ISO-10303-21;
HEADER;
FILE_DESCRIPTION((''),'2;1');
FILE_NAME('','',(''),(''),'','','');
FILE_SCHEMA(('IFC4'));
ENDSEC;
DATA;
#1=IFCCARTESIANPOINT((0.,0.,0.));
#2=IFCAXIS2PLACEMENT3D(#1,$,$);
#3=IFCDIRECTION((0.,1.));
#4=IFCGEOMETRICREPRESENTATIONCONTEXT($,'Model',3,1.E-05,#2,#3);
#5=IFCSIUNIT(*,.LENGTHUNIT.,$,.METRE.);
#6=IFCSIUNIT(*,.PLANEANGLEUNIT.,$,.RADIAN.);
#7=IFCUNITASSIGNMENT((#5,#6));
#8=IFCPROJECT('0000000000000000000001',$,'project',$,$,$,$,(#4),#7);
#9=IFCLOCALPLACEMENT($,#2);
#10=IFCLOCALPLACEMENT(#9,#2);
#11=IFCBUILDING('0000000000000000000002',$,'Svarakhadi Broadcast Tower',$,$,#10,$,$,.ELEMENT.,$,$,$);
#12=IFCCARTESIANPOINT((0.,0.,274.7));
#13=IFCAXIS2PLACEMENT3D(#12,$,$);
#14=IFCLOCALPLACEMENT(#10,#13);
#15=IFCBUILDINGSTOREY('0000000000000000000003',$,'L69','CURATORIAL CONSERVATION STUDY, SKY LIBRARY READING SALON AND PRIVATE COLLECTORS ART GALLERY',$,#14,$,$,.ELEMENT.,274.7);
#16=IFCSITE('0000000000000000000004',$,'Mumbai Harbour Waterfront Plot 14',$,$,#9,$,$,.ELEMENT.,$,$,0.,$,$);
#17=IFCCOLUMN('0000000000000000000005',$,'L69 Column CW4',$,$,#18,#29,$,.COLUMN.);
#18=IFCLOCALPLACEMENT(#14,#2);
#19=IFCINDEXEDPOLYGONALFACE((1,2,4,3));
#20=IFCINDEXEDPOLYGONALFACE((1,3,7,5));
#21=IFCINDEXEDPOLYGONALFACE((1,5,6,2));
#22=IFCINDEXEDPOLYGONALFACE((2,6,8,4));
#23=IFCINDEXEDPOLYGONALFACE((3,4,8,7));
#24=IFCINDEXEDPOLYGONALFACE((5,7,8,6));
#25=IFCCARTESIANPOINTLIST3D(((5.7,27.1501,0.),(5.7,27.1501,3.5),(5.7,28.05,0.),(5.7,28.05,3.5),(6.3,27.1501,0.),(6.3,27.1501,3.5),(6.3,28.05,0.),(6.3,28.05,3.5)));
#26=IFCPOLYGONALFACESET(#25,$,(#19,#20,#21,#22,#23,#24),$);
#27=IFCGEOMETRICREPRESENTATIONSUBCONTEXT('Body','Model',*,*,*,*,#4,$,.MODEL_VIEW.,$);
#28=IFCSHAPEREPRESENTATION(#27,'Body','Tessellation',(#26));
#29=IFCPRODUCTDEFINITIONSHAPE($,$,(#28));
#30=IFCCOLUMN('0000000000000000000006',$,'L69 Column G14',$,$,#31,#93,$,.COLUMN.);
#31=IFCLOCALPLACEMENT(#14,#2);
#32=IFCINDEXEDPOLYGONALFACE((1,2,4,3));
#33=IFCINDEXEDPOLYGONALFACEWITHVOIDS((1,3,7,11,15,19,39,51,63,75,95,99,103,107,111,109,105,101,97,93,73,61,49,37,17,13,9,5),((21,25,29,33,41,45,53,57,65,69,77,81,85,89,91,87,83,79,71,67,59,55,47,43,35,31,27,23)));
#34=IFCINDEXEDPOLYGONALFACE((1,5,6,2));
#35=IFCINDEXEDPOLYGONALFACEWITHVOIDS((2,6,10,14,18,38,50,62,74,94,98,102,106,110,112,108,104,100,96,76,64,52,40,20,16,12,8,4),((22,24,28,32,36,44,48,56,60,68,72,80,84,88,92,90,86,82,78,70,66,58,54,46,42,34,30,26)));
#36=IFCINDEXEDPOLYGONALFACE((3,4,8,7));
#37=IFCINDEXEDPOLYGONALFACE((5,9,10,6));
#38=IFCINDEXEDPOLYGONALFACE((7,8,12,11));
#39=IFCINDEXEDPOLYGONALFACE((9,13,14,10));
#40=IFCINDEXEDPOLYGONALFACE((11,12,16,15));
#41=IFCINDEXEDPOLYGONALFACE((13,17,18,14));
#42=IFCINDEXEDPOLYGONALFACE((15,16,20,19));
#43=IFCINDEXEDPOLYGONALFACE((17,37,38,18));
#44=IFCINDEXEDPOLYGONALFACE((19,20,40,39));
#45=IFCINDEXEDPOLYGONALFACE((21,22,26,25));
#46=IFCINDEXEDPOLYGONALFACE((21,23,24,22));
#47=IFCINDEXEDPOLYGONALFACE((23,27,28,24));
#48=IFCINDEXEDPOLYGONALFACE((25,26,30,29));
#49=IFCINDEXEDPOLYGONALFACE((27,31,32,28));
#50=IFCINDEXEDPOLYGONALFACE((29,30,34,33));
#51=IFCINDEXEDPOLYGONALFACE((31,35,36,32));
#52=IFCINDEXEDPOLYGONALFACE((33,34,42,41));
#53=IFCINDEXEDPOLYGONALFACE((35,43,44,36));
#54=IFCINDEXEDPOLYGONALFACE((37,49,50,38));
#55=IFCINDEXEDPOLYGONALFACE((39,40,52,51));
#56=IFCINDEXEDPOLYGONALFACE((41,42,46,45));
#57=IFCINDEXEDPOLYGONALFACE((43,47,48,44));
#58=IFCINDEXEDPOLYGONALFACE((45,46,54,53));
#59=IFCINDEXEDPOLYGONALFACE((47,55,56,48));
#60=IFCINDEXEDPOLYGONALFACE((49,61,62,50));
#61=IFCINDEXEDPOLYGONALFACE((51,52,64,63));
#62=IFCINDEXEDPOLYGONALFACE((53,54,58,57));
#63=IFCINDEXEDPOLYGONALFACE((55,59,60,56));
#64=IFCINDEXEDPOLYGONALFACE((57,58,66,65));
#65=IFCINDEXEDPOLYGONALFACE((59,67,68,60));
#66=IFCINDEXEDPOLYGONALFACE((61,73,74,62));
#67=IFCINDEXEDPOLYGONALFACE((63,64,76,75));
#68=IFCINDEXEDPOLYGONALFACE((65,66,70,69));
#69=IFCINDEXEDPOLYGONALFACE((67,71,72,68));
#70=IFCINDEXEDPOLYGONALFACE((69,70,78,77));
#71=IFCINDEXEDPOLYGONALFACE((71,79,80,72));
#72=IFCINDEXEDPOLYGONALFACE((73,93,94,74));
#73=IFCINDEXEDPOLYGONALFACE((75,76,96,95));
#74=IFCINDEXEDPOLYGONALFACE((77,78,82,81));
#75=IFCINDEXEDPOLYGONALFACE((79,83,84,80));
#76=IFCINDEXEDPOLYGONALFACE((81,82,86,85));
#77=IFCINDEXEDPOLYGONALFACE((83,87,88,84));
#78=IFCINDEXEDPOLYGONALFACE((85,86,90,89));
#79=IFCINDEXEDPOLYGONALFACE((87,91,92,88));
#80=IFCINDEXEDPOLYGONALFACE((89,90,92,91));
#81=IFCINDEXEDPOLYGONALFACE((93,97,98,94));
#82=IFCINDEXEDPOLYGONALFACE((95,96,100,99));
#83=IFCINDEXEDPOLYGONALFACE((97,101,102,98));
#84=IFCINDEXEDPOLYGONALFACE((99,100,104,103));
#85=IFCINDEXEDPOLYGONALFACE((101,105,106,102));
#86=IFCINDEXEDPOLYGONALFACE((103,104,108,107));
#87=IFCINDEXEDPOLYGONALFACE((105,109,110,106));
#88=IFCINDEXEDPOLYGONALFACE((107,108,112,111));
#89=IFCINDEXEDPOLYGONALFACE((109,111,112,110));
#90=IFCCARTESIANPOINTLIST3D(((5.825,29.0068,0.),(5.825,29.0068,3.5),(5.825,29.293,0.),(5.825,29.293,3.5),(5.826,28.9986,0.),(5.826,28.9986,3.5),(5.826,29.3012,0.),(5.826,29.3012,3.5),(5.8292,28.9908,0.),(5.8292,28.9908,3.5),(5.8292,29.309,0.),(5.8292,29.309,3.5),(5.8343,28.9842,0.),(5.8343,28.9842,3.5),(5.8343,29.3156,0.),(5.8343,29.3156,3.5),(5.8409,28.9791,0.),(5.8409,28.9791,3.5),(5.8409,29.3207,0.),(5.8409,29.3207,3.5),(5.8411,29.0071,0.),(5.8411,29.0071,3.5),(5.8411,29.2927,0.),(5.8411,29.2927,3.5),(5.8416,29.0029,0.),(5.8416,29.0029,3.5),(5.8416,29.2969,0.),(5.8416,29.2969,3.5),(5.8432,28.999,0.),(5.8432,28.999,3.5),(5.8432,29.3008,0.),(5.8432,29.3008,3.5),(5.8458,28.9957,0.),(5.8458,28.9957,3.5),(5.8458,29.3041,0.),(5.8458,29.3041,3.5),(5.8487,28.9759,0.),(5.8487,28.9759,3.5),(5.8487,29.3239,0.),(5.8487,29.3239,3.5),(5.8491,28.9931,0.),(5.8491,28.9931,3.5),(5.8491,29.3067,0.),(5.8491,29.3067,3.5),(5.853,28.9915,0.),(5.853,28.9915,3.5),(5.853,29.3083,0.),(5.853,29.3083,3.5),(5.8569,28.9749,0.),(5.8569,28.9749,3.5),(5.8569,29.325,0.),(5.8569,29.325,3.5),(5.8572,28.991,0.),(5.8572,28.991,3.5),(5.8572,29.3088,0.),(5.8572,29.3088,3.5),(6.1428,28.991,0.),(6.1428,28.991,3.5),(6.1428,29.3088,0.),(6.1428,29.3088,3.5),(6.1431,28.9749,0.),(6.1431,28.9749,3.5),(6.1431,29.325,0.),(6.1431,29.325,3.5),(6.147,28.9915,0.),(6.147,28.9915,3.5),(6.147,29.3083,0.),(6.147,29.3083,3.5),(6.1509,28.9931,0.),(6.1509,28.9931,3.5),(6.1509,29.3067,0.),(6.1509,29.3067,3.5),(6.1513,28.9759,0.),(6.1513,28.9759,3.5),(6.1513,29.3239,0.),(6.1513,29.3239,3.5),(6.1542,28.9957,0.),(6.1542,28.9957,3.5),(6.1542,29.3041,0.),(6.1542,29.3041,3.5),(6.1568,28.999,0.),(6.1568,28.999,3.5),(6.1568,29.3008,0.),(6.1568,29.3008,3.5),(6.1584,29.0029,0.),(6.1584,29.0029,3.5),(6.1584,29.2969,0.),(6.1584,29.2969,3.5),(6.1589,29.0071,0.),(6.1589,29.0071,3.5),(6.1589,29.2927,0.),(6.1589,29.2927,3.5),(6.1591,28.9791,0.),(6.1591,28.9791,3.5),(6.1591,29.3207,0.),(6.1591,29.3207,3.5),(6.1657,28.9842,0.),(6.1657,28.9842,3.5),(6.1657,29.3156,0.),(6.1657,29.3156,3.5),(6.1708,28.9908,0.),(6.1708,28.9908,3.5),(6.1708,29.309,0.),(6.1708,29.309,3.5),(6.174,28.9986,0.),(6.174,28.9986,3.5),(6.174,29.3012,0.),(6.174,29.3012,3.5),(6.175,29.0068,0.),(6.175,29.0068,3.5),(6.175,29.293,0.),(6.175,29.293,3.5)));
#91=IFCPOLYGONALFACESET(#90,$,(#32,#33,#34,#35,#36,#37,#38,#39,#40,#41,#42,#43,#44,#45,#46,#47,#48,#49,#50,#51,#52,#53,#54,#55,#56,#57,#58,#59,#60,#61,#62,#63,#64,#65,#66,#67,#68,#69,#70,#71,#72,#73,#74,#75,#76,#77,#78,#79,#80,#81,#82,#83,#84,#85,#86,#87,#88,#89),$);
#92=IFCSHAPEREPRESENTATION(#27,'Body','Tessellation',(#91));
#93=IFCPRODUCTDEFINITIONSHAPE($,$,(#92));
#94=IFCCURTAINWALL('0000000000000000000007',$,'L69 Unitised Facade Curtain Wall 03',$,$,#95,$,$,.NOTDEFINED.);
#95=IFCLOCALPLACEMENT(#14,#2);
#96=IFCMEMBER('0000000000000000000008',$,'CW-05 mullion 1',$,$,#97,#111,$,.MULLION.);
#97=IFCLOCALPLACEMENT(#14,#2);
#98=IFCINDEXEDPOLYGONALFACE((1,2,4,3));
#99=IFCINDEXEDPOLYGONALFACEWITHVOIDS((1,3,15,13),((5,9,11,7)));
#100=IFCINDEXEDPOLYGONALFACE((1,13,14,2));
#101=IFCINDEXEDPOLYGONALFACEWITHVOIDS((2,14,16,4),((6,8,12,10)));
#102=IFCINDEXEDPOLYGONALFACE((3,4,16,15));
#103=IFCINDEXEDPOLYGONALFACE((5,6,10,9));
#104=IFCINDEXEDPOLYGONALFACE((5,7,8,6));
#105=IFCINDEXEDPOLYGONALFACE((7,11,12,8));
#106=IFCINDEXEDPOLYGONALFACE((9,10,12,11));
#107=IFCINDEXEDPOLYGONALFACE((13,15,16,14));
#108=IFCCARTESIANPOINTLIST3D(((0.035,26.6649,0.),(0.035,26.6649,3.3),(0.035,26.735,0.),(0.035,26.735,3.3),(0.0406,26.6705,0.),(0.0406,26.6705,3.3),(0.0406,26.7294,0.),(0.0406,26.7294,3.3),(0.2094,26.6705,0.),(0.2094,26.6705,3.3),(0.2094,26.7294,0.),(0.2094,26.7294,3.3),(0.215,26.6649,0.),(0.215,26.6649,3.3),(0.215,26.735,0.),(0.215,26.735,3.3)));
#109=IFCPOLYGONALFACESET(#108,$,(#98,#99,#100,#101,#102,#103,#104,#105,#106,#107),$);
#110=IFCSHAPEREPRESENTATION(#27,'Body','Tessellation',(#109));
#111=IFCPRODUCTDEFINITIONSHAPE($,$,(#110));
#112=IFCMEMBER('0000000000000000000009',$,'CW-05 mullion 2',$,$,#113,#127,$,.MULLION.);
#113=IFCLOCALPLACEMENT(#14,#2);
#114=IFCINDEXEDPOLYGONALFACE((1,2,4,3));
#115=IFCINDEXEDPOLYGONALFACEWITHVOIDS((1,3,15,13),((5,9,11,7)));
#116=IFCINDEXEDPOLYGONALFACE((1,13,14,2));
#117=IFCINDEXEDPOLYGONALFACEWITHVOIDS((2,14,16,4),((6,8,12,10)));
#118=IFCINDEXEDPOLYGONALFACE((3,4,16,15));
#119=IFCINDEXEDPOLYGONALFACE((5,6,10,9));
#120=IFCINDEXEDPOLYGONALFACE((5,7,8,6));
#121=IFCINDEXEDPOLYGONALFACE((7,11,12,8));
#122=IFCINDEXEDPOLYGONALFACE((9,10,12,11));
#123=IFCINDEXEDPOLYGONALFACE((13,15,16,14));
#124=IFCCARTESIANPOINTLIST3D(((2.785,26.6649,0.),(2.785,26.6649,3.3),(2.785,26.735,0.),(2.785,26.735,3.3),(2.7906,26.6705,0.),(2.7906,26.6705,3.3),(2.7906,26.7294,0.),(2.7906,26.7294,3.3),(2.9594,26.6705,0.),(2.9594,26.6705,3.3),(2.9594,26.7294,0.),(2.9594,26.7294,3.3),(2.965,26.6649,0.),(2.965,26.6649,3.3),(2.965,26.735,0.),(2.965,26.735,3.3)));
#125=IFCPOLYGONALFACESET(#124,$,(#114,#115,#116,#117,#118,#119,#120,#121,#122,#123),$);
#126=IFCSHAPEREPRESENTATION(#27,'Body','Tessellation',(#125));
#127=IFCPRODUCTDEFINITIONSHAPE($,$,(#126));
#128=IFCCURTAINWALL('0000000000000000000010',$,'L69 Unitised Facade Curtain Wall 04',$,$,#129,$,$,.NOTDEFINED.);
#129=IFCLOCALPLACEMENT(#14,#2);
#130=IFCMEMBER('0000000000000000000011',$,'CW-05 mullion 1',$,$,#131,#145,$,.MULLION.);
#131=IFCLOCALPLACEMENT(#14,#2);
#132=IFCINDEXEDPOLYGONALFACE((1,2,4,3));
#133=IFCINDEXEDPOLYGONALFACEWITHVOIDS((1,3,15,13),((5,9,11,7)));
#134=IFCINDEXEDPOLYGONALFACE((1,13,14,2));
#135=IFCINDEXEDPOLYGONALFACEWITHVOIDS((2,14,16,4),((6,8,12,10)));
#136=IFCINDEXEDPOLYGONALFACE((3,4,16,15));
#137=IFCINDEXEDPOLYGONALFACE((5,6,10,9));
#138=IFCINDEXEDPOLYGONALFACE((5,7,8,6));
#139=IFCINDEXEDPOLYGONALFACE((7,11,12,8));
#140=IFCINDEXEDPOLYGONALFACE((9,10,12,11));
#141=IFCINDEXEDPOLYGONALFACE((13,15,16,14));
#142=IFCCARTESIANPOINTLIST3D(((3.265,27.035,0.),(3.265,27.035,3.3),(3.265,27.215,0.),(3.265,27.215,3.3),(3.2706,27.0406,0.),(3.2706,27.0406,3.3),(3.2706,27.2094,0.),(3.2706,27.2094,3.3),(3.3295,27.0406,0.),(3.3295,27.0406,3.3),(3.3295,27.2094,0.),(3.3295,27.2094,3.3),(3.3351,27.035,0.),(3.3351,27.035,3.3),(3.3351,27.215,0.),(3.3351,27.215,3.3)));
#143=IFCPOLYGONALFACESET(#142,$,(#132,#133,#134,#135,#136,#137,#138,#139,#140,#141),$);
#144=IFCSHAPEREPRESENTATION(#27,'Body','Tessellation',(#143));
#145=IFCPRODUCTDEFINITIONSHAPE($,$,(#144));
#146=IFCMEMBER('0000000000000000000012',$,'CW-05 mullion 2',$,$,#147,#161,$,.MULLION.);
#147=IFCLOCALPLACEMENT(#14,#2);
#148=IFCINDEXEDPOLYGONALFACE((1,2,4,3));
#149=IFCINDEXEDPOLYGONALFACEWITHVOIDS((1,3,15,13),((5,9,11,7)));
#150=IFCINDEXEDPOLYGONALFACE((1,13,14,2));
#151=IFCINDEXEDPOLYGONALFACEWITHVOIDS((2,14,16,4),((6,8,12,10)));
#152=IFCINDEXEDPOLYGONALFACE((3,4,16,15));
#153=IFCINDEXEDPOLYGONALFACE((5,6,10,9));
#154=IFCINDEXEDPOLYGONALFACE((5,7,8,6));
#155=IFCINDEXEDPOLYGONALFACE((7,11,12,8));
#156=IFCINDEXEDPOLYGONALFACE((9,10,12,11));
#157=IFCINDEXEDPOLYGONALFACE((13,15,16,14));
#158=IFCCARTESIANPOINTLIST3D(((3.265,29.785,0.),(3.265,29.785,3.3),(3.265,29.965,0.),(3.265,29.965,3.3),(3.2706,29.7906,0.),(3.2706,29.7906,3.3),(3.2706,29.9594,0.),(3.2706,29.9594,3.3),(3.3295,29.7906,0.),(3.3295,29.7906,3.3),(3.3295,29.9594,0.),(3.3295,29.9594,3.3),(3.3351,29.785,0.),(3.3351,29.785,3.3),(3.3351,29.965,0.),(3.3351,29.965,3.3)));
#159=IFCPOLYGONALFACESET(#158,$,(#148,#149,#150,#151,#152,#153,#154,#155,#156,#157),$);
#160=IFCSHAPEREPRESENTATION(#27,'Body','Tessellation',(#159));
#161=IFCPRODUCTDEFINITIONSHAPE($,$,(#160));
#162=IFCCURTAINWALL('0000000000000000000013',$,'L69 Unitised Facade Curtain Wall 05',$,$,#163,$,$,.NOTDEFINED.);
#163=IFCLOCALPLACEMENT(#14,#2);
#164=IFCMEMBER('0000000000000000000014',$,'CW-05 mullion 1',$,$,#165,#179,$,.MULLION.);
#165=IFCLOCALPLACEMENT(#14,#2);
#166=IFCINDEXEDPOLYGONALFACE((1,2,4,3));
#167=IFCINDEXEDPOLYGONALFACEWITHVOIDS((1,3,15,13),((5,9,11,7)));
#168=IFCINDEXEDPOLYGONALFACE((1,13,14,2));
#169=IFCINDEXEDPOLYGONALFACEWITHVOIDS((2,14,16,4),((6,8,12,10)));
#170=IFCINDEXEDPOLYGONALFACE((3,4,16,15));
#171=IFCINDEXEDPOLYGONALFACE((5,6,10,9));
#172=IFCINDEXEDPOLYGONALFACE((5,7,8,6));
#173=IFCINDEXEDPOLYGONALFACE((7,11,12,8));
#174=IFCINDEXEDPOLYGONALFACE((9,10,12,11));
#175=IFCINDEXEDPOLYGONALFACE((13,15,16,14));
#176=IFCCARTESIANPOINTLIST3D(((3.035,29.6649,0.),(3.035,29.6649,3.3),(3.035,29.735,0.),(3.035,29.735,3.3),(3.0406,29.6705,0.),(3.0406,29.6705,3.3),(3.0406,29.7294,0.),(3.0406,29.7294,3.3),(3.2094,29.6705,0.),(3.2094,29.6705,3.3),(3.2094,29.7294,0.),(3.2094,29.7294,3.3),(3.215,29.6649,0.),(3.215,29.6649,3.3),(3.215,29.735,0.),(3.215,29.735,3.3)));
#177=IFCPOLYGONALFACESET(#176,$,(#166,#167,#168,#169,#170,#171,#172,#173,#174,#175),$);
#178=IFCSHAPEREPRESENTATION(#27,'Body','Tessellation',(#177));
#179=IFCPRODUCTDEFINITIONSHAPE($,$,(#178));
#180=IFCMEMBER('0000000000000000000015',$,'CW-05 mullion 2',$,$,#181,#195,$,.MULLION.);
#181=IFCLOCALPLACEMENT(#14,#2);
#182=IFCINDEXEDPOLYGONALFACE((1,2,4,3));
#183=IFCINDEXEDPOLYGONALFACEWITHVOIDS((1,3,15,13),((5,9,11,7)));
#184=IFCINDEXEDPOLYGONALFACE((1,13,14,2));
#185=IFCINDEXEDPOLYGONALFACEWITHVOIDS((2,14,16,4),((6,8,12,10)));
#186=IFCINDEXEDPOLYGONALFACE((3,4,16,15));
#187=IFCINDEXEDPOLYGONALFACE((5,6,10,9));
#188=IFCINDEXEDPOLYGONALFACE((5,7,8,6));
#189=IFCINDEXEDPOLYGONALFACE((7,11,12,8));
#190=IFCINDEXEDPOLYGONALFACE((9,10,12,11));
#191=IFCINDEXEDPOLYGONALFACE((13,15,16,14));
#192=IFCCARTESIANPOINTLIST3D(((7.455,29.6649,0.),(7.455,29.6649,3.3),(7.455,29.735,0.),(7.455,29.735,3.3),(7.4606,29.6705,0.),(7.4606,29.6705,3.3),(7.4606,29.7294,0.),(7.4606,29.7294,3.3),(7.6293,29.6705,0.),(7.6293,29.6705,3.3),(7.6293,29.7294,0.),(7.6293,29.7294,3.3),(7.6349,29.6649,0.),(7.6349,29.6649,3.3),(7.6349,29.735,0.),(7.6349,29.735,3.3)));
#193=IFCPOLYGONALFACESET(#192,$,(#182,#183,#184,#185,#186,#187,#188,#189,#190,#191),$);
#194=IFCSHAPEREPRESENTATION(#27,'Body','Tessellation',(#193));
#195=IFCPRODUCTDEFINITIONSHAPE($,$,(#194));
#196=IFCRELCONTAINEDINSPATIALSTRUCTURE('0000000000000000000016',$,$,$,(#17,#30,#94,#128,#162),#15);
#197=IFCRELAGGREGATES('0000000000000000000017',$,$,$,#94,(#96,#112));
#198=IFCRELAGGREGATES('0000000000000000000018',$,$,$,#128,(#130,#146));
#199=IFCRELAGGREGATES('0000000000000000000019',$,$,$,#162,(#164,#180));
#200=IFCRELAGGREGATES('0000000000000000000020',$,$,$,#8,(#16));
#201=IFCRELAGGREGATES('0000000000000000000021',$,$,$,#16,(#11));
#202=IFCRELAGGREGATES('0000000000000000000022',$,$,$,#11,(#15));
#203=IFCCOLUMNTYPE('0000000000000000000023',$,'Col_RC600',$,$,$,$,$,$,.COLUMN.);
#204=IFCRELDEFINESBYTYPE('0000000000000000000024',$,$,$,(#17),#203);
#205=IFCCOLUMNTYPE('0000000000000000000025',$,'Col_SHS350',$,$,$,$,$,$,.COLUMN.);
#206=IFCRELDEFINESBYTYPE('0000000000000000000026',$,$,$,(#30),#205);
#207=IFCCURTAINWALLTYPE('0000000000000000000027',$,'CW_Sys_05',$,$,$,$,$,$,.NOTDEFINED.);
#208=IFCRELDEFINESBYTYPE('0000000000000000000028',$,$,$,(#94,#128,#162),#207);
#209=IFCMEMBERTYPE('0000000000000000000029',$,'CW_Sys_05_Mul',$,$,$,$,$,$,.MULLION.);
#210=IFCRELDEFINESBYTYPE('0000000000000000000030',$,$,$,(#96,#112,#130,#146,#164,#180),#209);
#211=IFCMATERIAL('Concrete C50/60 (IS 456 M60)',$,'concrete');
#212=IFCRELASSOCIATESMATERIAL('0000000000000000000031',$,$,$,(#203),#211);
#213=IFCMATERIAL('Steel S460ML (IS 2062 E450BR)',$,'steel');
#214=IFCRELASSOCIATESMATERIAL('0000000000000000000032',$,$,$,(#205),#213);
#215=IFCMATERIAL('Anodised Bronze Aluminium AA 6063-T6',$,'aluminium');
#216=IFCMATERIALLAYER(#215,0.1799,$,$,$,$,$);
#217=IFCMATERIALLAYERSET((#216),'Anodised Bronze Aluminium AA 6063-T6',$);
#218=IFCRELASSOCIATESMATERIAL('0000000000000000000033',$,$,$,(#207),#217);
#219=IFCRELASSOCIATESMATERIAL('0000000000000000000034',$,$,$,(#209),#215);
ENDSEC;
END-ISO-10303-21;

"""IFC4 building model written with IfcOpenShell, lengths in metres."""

from ifc_helpers import new_model, si_unit, direction, frame, origin, origin_2d, place, context, subcontext, project, spatial, rectangle, hollow_rectangle, extrude, material, layer, layer_set, material_profile, profile_set, type_object, element, aggregate, save


model = new_model("IFC4")

# Units and contexts
model_context = context("Model", 3, precision=1e-05, world=origin(), true_north=direction((0.0, 1.0)))
body_context = subcontext(model_context, "Body", "Model", "MODEL_VIEW")
ifc_project = project(units=[si_unit("LENGTHUNIT", "METRE"), si_unit("PLANEANGLEUNIT", "RADIAN")], contexts=[model_context])

# Site, building, storey
site_placement = place(None, origin())
site = spatial("IfcSite", under=ifc_project, at=site_placement, Name="Mumbai Harbour Waterfront Plot 14", CompositionType="ELEMENT", RefElevation=0.0)
building_placement = place(site_placement, origin())
building = spatial("IfcBuilding", under=site, at=building_placement, Name="Svarakhadi Broadcast Tower", CompositionType="ELEMENT")
storey_placement = place(building_placement, frame((0.0, 0.0, 274.7)))
storey = spatial("IfcBuildingStorey", under=building, at=storey_placement, Name="L69", Description="CURATORIAL CONSERVATION STUDY, SKY LIBRARY READING SALON AND PRIVATE COLLECTORS ART GALLERY", CompositionType="ELEMENT", Elevation=274.7)

# Columns
ifc_material_1 = material(Name="Concrete C50/60 (IS 456 M60)", Category="concrete")
ifc_material_profile_1 = material_profile(ifc_material_1, rectangle(XDim=0.6001, YDim=0.8999, at=origin_2d()), Name="RC 600x900")
ifc_profile_set_1 = profile_set([ifc_material_profile_1], Name="Concrete C50/60 (IS 456 M60)")
column_type_1 = type_object("IfcColumnType", Name="Col_RC600", PredefinedType="COLUMN", material=ifc_profile_set_1)
column_1_placement = place(storey_placement, frame((6.0, 27.6001, 0.0), z_axis=(0.0, 0.0, 1.0), x_axis=(1.0, 0.0, 0.0)))
element("IfcColumn", 1, at=column_1_placement, inside=storey, type_object=column_type_1, Name="L69 Column CW4", PredefinedType="COLUMN", context=body_context, shape_type="SweptSolid", body=[
    extrude(rectangle(XDim=0.6001, YDim=0.8999, at=origin_2d()), origin(), (0.0, 0.0, 1.0), 3.5),
])
ifc_material_2 = material(Name="Steel S460ML (IS 2062 E450BR)", Category="steel")
ifc_material_profile_2 = material_profile(ifc_material_2, hollow_rectangle(XDim=0.3501, YDim=0.3501, WallThickness=0.0161, InnerFilletRadius=0.0161, OuterFilletRadius=0.032, at=origin_2d()), Name="SHS 350x350x16")
ifc_profile_set_2 = profile_set([ifc_material_profile_2], Name="Steel S460ML (IS 2062 E450BR)")
column_type_2 = type_object("IfcColumnType", Name="Col_SHS350", PredefinedType="COLUMN", material=ifc_profile_set_2)
column_2_placement = place(storey_placement, frame((6.0, 29.1499, 0.0), z_axis=(0.0, 0.0, 1.0), x_axis=(1.0, 0.0, 0.0)))
element("IfcColumn", 2, at=column_2_placement, inside=storey, type_object=column_type_2, Name="L69 Column G14", PredefinedType="COLUMN", context=body_context, shape_type="SweptSolid", body=[
    extrude(hollow_rectangle(XDim=0.3501, YDim=0.3501, WallThickness=0.0161, InnerFilletRadius=0.0161, OuterFilletRadius=0.032, at=origin_2d()), origin(), (0.0, 0.0, 1.0), 3.5),
])

# Curtain walls, members
ifc_material_3 = material(Name="Anodised Bronze Aluminium AA 6063-T6", Category="aluminium")
ifc_layer_1 = layer(ifc_material_3, 0.1799)
ifc_layer_set_1 = layer_set([ifc_layer_1], Name="Anodised Bronze Aluminium AA 6063-T6")
curtain_wall_type = type_object("IfcCurtainWallType", Name="CW_Sys_05", PredefinedType="NOTDEFINED", material=ifc_layer_set_1)
curtain_wall_1_placement = place(storey_placement, origin())
curtain_wall_1 = element("IfcCurtainWall", 3, at=curtain_wall_1_placement, inside=storey, type_object=curtain_wall_type, Name="L69 Unitised Facade Curtain Wall 03", PredefinedType="NOTDEFINED")
ifc_material_profile_3 = material_profile(ifc_material_3, hollow_rectangle(XDim=0.0701, YDim=0.1799, WallThickness=0.0056, at=origin_2d()), Name="ALU MULLION 180x70x6")
ifc_profile_set_3 = profile_set([ifc_material_profile_3], Name="Anodised Bronze Aluminium AA 6063-T6")
member_type_1 = type_object("IfcMemberType", Name="CW_Sys_05_Mul", PredefinedType="MULLION", material=ifc_profile_set_3)
member_1_placement = place(storey_placement, frame((0.125, 26.7, 0.0), z_axis=(0.0, 0.0, 1.0), x_axis=(0.0, 1.0, 0.0)))
member_1 = element("IfcMember", 4, at=member_1_placement, type_object=member_type_1, Name="CW-05 mullion 1", PredefinedType="MULLION", context=body_context, shape_type="SweptSolid", body=[
    extrude(hollow_rectangle(XDim=0.0701, YDim=0.1799, WallThickness=0.0056, at=origin_2d()), origin(), (0.0, 0.0, 1.0), 3.3),
])
member_2_placement = place(storey_placement, frame((2.875, 26.7, 0.0), z_axis=(0.0, 0.0, 1.0), x_axis=(0.0, 1.0, 0.0)))
member_2 = element("IfcMember", 5, at=member_2_placement, type_object=member_type_1, Name="CW-05 mullion 2", PredefinedType="MULLION", context=body_context, shape_type="SweptSolid", body=[
    extrude(hollow_rectangle(XDim=0.0701, YDim=0.1799, WallThickness=0.0056, at=origin_2d()), origin(), (0.0, 0.0, 1.0), 3.3),
])
curtain_wall_2_placement = place(storey_placement, origin())
curtain_wall_2 = element("IfcCurtainWall", 6, at=curtain_wall_2_placement, inside=storey, type_object=curtain_wall_type, Name="L69 Unitised Facade Curtain Wall 04", PredefinedType="NOTDEFINED")
member_3_placement = place(storey_placement, frame((3.3, 27.125, 0.0), z_axis=(0.0, 0.0, 1.0), x_axis=(-1.0, 0.0, 0.0)))
member_3 = element("IfcMember", 7, at=member_3_placement, type_object=member_type_1, Name="CW-05 mullion 1", PredefinedType="MULLION", context=body_context, shape_type="SweptSolid", body=[
    extrude(hollow_rectangle(XDim=0.0701, YDim=0.1799, WallThickness=0.0056, at=origin_2d()), origin(), (0.0, 0.0, 1.0), 3.3),
])
member_4_placement = place(storey_placement, frame((3.3, 29.875, 0.0), z_axis=(0.0, 0.0, 1.0), x_axis=(-1.0, 0.0, 0.0)))
member_4 = element("IfcMember", 8, at=member_4_placement, type_object=member_type_1, Name="CW-05 mullion 2", PredefinedType="MULLION", context=body_context, shape_type="SweptSolid", body=[
    extrude(hollow_rectangle(XDim=0.0701, YDim=0.1799, WallThickness=0.0056, at=origin_2d()), origin(), (0.0, 0.0, 1.0), 3.3),
])
curtain_wall_3_placement = place(storey_placement, origin())
curtain_wall_3 = element("IfcCurtainWall", 9, at=curtain_wall_3_placement, inside=storey, type_object=curtain_wall_type, Name="L69 Unitised Facade Curtain Wall 05", PredefinedType="NOTDEFINED")
member_5_placement = place(storey_placement, frame((3.125, 29.7, 0.0), z_axis=(0.0, 0.0, 1.0), x_axis=(0.0, 1.0, 0.0)))
member_5 = element("IfcMember", 10, at=member_5_placement, type_object=member_type_1, Name="CW-05 mullion 1", PredefinedType="MULLION", context=body_context, shape_type="SweptSolid", body=[
    extrude(hollow_rectangle(XDim=0.0701, YDim=0.1799, WallThickness=0.0056, at=origin_2d()), origin(), (0.0, 0.0, 1.0), 3.3),
])
member_6_placement = place(storey_placement, frame((7.5449, 29.7, 0.0), z_axis=(0.0, 0.0, 1.0), x_axis=(0.0, 1.0, 0.0)))
member_6 = element("IfcMember", 11, at=member_6_placement, type_object=member_type_1, Name="CW-05 mullion 2", PredefinedType="MULLION", context=body_context, shape_type="SweptSolid", body=[
    extrude(hollow_rectangle(XDim=0.0701, YDim=0.1799, WallThickness=0.0056, at=origin_2d()), origin(), (0.0, 0.0, 1.0), 3.3),
])

aggregate(curtain_wall_1, [member_1, member_2])
aggregate(curtain_wall_2, [member_3, member_4])
aggregate(curtain_wall_3, [member_5, member_6])

save(model, "model.ifc")
